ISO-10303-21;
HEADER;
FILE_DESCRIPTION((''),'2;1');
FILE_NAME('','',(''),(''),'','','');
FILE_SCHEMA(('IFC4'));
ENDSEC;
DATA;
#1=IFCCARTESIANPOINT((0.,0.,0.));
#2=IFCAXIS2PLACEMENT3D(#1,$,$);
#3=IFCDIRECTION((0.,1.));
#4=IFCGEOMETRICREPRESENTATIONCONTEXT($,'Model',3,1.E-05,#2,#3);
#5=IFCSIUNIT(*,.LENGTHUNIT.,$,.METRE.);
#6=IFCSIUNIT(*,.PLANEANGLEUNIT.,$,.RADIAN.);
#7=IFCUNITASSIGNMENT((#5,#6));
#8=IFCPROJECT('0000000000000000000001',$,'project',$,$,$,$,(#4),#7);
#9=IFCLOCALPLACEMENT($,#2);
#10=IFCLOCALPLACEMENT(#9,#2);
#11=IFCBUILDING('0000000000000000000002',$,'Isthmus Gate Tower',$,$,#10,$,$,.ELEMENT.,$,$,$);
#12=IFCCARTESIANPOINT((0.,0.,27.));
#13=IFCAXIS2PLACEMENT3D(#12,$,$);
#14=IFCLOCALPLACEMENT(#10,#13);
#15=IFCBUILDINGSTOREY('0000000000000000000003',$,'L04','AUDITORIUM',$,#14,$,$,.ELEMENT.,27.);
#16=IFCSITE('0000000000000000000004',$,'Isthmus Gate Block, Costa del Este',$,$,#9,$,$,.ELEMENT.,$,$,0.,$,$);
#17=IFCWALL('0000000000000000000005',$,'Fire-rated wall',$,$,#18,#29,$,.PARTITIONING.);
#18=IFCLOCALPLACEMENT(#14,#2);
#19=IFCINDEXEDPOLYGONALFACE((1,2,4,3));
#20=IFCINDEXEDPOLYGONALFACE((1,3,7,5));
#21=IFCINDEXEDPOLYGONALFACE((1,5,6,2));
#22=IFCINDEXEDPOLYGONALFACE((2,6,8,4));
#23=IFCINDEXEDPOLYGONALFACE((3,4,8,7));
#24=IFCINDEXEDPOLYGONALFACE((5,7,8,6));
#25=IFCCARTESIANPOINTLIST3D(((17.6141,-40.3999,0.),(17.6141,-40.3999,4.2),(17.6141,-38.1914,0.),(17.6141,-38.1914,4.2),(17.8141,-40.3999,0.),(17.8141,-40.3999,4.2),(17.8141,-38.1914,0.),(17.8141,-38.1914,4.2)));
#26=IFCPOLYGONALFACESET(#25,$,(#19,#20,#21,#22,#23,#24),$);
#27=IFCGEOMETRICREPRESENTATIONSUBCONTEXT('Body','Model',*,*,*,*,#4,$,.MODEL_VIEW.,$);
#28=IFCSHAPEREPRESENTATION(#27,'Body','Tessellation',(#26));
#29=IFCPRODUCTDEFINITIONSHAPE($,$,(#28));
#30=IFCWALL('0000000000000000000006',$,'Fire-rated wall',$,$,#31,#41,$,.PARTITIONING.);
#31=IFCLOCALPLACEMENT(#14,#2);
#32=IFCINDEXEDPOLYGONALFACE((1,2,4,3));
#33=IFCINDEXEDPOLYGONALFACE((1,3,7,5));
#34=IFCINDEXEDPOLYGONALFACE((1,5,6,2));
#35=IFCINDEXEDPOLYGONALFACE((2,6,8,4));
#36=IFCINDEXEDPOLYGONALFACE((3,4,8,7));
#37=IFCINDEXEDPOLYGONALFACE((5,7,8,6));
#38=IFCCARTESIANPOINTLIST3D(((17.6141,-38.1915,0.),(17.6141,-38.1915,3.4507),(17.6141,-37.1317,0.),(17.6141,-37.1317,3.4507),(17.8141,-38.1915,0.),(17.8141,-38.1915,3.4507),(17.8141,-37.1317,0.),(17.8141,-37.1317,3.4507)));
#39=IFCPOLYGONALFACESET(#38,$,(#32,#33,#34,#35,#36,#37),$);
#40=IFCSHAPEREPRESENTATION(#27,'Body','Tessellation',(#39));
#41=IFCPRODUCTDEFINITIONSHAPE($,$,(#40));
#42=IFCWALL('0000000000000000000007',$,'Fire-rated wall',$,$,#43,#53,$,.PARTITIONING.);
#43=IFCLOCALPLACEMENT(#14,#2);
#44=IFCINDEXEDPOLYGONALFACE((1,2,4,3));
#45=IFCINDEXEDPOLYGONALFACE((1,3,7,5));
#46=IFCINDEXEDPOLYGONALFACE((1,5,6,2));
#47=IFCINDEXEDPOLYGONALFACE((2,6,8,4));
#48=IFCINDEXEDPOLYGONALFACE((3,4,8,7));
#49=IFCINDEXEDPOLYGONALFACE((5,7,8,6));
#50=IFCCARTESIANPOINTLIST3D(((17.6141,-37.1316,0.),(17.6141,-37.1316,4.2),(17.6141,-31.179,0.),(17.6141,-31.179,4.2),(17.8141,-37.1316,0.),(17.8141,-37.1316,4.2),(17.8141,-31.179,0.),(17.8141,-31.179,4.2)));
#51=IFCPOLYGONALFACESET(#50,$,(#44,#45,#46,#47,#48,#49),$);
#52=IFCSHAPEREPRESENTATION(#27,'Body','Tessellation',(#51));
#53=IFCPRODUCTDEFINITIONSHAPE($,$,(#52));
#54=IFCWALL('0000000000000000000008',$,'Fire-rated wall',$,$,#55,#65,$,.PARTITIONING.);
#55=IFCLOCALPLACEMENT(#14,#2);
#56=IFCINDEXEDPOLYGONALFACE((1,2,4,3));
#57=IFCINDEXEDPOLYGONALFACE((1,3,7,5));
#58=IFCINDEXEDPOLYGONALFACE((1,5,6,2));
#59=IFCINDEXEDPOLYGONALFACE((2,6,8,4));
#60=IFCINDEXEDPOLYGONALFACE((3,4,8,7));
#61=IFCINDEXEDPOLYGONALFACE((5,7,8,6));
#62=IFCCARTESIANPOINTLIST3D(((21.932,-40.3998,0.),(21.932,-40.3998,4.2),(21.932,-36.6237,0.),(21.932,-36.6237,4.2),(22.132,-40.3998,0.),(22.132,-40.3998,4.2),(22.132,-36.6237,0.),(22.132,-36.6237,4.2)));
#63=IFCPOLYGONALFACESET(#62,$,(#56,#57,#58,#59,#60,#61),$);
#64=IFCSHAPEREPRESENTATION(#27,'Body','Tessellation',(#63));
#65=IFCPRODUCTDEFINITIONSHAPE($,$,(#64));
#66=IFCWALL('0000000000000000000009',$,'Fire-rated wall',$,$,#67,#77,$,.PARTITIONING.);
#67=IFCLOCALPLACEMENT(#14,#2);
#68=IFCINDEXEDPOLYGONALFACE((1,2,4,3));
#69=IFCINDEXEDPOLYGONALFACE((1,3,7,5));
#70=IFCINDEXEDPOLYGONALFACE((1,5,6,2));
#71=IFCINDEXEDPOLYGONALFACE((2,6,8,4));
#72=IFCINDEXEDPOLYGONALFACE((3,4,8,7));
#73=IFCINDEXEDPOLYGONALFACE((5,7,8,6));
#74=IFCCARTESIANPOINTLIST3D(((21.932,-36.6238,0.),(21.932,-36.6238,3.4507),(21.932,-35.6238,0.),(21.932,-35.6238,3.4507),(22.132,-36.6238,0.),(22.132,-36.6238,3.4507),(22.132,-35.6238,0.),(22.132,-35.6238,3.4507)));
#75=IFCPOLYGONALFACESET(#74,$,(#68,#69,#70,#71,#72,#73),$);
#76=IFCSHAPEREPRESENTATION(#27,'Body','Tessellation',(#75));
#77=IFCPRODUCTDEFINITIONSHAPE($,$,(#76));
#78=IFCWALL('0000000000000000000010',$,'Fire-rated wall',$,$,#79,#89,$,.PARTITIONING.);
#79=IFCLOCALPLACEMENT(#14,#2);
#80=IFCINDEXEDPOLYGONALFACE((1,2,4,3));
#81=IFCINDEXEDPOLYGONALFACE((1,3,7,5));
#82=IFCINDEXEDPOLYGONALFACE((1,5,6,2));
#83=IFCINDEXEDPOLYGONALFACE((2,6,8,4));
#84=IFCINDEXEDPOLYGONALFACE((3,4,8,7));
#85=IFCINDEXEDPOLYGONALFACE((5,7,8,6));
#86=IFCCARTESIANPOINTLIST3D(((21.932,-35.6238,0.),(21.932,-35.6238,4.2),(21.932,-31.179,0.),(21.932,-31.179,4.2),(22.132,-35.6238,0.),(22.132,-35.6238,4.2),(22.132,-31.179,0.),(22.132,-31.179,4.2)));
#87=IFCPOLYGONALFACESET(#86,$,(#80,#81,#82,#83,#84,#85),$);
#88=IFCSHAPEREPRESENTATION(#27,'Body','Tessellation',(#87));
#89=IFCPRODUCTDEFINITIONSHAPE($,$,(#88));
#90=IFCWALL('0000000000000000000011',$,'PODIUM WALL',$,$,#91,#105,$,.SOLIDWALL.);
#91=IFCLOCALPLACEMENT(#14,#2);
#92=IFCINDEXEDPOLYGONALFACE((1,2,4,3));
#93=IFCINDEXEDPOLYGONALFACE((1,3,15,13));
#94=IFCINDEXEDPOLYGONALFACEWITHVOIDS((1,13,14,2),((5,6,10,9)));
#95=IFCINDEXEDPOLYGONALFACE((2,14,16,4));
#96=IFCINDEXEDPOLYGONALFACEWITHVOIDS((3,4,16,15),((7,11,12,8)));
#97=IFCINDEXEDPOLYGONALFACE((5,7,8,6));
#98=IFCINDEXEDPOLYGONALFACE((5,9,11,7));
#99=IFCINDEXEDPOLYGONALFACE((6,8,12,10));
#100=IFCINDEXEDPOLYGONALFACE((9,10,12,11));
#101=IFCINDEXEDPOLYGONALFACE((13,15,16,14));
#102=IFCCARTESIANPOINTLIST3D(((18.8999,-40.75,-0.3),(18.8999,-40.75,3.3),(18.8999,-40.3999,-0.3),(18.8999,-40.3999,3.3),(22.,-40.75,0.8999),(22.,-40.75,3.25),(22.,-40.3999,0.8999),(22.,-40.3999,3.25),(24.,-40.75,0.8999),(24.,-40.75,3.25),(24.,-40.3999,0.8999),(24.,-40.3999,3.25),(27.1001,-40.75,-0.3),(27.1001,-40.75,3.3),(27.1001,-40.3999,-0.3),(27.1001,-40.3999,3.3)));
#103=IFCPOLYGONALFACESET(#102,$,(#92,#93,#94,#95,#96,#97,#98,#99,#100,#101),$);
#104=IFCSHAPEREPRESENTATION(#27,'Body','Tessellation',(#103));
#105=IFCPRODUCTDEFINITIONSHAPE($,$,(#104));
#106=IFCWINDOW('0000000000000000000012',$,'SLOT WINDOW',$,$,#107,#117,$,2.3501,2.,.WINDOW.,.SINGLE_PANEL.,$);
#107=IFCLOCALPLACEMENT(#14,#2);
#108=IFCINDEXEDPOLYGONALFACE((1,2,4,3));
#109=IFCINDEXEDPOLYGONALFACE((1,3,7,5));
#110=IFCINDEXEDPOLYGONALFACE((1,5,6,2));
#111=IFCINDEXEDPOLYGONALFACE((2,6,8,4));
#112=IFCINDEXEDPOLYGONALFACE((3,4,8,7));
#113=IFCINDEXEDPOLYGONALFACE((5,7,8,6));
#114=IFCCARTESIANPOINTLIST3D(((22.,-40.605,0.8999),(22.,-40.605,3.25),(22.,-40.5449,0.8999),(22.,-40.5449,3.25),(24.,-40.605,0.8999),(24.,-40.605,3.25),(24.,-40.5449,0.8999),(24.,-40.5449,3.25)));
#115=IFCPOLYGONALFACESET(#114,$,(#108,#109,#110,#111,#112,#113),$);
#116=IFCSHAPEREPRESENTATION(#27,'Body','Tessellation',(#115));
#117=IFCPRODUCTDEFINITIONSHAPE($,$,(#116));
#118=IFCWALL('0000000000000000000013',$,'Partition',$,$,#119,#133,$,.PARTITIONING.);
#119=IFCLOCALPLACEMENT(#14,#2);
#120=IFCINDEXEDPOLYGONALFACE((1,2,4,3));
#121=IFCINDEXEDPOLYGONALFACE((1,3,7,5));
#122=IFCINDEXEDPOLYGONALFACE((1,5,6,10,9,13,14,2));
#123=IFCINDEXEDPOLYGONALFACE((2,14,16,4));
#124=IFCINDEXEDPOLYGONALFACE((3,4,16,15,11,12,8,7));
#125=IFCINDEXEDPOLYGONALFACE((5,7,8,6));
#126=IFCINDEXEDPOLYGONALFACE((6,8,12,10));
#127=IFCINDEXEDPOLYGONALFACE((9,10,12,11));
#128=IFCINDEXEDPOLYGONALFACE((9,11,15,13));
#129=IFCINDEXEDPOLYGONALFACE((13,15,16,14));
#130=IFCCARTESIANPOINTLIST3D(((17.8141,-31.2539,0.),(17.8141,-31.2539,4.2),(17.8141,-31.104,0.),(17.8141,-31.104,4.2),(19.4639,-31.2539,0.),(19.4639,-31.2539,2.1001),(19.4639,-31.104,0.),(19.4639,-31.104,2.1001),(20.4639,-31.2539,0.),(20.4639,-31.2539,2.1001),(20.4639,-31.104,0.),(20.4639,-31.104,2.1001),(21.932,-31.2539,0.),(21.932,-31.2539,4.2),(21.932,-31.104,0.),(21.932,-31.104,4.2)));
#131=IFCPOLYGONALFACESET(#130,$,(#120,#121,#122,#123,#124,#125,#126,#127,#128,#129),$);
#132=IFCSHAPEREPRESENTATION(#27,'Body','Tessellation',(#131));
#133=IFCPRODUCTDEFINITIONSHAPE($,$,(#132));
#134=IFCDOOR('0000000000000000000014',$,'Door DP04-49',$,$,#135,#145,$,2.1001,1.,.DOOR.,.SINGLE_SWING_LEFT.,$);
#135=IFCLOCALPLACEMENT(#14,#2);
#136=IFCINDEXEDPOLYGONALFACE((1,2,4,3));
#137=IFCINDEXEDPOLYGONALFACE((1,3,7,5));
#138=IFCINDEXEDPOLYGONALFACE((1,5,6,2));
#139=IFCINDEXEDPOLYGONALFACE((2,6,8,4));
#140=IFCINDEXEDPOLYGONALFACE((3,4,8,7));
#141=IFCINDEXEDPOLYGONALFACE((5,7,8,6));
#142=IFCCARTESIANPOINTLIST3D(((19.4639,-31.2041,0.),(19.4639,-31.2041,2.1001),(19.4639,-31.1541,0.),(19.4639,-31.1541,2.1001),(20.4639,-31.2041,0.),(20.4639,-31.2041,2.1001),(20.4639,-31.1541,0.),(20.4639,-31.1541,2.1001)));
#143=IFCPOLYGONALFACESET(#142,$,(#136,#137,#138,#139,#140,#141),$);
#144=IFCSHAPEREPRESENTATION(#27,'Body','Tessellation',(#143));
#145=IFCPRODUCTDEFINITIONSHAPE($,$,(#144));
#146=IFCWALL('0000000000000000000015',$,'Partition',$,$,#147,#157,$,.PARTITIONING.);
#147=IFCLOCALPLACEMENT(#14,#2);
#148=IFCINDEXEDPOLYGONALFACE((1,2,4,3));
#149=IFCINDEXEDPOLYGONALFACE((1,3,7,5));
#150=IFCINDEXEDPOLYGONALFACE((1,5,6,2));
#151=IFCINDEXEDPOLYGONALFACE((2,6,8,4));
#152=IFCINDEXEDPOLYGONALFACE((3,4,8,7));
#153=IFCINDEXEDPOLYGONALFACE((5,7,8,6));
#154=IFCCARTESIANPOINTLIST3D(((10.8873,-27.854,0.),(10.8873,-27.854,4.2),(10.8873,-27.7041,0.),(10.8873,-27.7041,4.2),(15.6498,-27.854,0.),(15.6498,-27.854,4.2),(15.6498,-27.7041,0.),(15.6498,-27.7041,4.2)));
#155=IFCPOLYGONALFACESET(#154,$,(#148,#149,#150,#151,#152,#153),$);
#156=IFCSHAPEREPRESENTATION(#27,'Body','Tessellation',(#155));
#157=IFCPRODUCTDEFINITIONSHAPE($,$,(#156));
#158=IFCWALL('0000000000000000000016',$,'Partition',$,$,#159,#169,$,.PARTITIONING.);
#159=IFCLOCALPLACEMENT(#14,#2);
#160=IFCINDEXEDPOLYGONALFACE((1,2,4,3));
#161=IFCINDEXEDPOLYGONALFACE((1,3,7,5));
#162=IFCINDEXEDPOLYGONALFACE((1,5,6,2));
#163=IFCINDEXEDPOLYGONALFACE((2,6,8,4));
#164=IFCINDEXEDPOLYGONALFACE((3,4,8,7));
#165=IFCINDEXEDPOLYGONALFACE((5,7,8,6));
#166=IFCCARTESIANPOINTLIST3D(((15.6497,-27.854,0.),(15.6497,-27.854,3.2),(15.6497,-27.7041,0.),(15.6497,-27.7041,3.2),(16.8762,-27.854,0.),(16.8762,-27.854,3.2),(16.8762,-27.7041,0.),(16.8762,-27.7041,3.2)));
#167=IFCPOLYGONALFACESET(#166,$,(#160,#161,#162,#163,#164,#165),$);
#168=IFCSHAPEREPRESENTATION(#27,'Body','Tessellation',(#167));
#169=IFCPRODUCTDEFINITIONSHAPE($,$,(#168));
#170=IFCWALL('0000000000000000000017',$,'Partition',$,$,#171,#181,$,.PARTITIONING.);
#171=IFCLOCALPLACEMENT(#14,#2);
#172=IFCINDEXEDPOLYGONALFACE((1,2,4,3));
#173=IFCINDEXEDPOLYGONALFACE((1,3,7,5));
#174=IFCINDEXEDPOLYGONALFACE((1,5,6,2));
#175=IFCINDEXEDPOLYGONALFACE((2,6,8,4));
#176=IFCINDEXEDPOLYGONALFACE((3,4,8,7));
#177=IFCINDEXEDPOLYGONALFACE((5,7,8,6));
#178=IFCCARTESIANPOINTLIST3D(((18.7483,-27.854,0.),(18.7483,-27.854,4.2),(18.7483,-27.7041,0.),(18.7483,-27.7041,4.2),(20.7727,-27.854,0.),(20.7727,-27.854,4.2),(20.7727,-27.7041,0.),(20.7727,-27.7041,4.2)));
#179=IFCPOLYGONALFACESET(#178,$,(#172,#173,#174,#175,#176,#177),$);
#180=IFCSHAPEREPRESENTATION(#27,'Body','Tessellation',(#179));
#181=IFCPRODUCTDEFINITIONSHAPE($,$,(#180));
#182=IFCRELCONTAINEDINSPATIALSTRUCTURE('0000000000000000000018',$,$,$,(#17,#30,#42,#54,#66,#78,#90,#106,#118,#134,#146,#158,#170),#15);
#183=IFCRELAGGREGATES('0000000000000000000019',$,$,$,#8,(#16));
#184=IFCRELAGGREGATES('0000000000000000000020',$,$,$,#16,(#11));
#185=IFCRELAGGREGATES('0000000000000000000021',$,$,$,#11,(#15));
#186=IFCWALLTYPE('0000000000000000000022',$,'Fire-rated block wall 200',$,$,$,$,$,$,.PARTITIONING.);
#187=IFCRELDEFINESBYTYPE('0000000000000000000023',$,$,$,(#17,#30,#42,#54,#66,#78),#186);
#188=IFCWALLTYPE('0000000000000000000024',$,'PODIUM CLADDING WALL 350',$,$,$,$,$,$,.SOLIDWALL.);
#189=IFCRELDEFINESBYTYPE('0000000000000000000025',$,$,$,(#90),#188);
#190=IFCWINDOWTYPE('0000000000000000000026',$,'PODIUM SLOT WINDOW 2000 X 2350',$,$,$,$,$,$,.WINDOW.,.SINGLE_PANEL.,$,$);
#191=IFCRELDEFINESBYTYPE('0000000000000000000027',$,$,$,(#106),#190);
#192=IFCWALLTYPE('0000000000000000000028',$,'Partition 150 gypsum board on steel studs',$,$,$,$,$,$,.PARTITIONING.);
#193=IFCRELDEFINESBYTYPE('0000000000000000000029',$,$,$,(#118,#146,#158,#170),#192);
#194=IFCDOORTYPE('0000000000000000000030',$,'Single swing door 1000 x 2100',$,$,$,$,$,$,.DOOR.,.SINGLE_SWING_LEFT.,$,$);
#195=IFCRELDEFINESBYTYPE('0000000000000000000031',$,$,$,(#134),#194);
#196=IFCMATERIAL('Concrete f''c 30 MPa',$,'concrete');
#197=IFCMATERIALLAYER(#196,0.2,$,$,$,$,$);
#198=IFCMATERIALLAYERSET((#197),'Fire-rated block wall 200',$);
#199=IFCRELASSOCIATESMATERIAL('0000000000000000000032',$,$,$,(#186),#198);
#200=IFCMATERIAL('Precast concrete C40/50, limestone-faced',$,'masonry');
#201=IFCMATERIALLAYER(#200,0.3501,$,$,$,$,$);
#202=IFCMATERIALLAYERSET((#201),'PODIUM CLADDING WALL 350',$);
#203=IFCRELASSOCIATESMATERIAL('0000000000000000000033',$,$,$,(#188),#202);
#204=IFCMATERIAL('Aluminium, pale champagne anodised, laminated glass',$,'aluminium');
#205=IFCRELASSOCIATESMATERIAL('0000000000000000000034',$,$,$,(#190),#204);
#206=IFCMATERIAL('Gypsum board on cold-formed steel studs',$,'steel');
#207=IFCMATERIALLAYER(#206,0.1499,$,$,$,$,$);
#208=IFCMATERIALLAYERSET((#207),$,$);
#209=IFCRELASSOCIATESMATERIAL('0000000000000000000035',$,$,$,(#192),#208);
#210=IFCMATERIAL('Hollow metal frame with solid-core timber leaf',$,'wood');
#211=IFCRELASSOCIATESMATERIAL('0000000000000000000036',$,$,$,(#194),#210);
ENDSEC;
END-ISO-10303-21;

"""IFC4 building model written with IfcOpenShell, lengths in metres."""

from ifc_helpers import new_model, si_unit, direction, frame, frame_2d, origin, place, context, subcontext, project, spatial, rectangle, extrude, material, layer, layer_set, type_object, element, fill, save


model = new_model("IFC4")

# Units and contexts
model_context = context("Model", 3, precision=1e-05, world=origin(), true_north=direction((0.0, 1.0)))
body_context = subcontext(model_context, "Body", "Model", "MODEL_VIEW")
ifc_project = project(units=[si_unit("LENGTHUNIT", "METRE"), si_unit("PLANEANGLEUNIT", "RADIAN")], contexts=[model_context])

# Site, building, storey
site_placement = place(None, origin())
site = spatial("IfcSite", under=ifc_project, at=site_placement, Name="Isthmus Gate Block, Costa del Este", CompositionType="ELEMENT", RefElevation=0.0)
building_placement = place(site_placement, origin())
building = spatial("IfcBuilding", under=site, at=building_placement, Name="Isthmus Gate Tower", CompositionType="ELEMENT")
storey_placement = place(building_placement, frame((0.0, 0.0, 27.0)))
storey = spatial("IfcBuildingStorey", under=building, at=storey_placement, Name="L04", Description="AUDITORIUM", CompositionType="ELEMENT", Elevation=27.0)

# Walls
ifc_material_1 = material(Name="Concrete f'c 30 MPa", Category="concrete")
ifc_layer_1 = layer(ifc_material_1, 0.2)
ifc_layer_set_1 = layer_set([ifc_layer_1], Name="Fire-rated block wall 200")
wall_type_1 = type_object("IfcWallType", Name="Fire-rated block wall 200", PredefinedType="PARTITIONING", material=ifc_layer_set_1)
wall_1_placement = place(storey_placement, frame((17.7141, -40.3999, 0.0), z_axis=(0.0, 0.0, 1.0), x_axis=(0.0, 1.0, 0.0)))
element("IfcWall", 1, at=wall_1_placement, inside=storey, type_object=wall_type_1, Name="Fire-rated wall", PredefinedType="PARTITIONING", context=body_context, shape_type="SweptSolid", body=[
    extrude(rectangle(XDim=2.2085, YDim=0.2, at=frame_2d((1.1042, 0.0))), origin(), (0.0, 0.0, 1.0), 4.2),
])
wall_2_placement = place(storey_placement, frame((17.7141, -38.1914, 0.0), z_axis=(0.0, 0.0, 1.0), x_axis=(0.0, 1.0, 0.0)))
element("IfcWall", 2, at=wall_2_placement, inside=storey, type_object=wall_type_1, Name="Fire-rated wall", PredefinedType="PARTITIONING", context=body_context, shape_type="SweptSolid", body=[
    extrude(rectangle(XDim=1.0598, YDim=0.2, at=frame_2d((0.5298, 0.0))), origin(), (0.0, 0.0, 1.0), 3.4507),
])
wall_3_placement = place(storey_placement, frame((17.7141, -37.1316, 0.0), z_axis=(0.0, 0.0, 1.0), x_axis=(0.0, 1.0, 0.0)))
element("IfcWall", 3, at=wall_3_placement, inside=storey, type_object=wall_type_1, Name="Fire-rated wall", PredefinedType="PARTITIONING", context=body_context, shape_type="SweptSolid", body=[
    extrude(rectangle(XDim=5.9526, YDim=0.2, at=frame_2d((2.9763, 0.0))), origin(), (0.0, 0.0, 1.0), 4.2),
])
wall_4_placement = place(storey_placement, frame((22.032, -40.3999, 0.0), z_axis=(0.0, 0.0, 1.0), x_axis=(0.0, 1.0, 0.0)))
element("IfcWall", 4, at=wall_4_placement, inside=storey, type_object=wall_type_1, Name="Fire-rated wall", PredefinedType="PARTITIONING", context=body_context, shape_type="SweptSolid", body=[
    extrude(rectangle(XDim=3.7761, YDim=0.2, at=frame_2d((1.8882, 0.0))), origin(), (0.0, 0.0, 1.0), 4.2),
])
wall_5_placement = place(storey_placement, frame((22.032, -36.6238, 0.0), z_axis=(0.0, 0.0, 1.0), x_axis=(0.0, 1.0, 0.0)))
element("IfcWall", 5, at=wall_5_placement, inside=storey, type_object=wall_type_1, Name="Fire-rated wall", PredefinedType="PARTITIONING", context=body_context, shape_type="SweptSolid", body=[
    extrude(rectangle(XDim=1.0, YDim=0.2, at=frame_2d((0.5, 0.0))), origin(), (0.0, 0.0, 1.0), 3.4507),
])
wall_6_placement = place(storey_placement, frame((22.032, -35.6238, 0.0), z_axis=(0.0, 0.0, 1.0), x_axis=(0.0, 1.0, 0.0)))
element("IfcWall", 6, at=wall_6_placement, inside=storey, type_object=wall_type_1, Name="Fire-rated wall", PredefinedType="PARTITIONING", context=body_context, shape_type="SweptSolid", body=[
    extrude(rectangle(XDim=4.4448, YDim=0.2, at=frame_2d((2.2224, 0.0))), origin(), (0.0, 0.0, 1.0), 4.2),
])

# Wall, opening, window
ifc_material_2 = material(Name="Precast concrete C40/50, limestone-faced", Category="masonry")
ifc_layer_2 = layer(ifc_material_2, 0.3501)
ifc_layer_set_2 = layer_set([ifc_layer_2], Name="PODIUM CLADDING WALL 350")
wall_type_2 = type_object("IfcWallType", Name="PODIUM CLADDING WALL 350", PredefinedType="SOLIDWALL", material=ifc_layer_set_2)
wall_7_placement = place(storey_placement, frame((18.8999, -40.575, -0.3), z_axis=(0.0, 0.0, 1.0), x_axis=(1.0, 0.0, 0.0)))
wall_7 = element("IfcWall", 7, at=wall_7_placement, inside=storey, type_object=wall_type_2, Name="PODIUM WALL", PredefinedType="SOLIDWALL", context=body_context, shape_type="SweptSolid", body=[
    extrude(rectangle(XDim=8.2002, YDim=0.3501, at=frame_2d((4.1001, 0.0))), origin(), (0.0, 0.0, 1.0), 3.6001),
])
opening_1_placement = place(wall_7_placement, frame((3.1001, 0.0, 1.2)))
opening_1 = element("IfcOpeningElement", 8, at=opening_1_placement, cuts=wall_7, PredefinedType="OPENING", context=body_context, shape_type="SweptSolid", body=[
    extrude(rectangle(XDim=2.0, YDim=2.3501, at=frame_2d((1.0, 1.175))), frame((0.0, 0.1851, 0.0), z_axis=(0.0, -1.0, 0.0), x_axis=(1.0, 0.0, 0.0)), (0.0, 0.0, 1.0), 0.3701),
])
ifc_material_3 = material(Name="Aluminium, pale champagne anodised, laminated glass", Category="aluminium")
window_type = type_object("IfcWindowType", Name="PODIUM SLOT WINDOW 2000 X 2350", PartitioningType="SINGLE_PANEL", PredefinedType="WINDOW", material=ifc_material_3)
window_placement = place(opening_1_placement, origin())
window = element("IfcWindow", 9, at=window_placement, inside=storey, type_object=window_type, Name="SLOT WINDOW", OverallHeight=2.3501, OverallWidth=2.0, PartitioningType="SINGLE_PANEL", PredefinedType="WINDOW", context=body_context, shape_type="SweptSolid", body=[
    extrude(rectangle(XDim=2.0, YDim=2.3501, at=frame_2d((1.0, 1.175))), frame((0.0, 0.03, 0.0), z_axis=(0.0, -1.0, 0.0), x_axis=(1.0, 0.0, 0.0)), (0.0, 0.0, 1.0), 0.0601),
])
fill(opening_1, window)

# Wall, opening, door
ifc_material_4 = material(Name="Gypsum board on cold-formed steel studs", Category="steel")
ifc_layer_3 = layer(ifc_material_4, 0.1499)
ifc_layer_set_3 = layer_set([ifc_layer_3])
wall_type_3 = type_object("IfcWallType", Name="Partition 150 gypsum board on steel studs", PredefinedType="PARTITIONING", material=ifc_layer_set_3)
wall_8_placement = place(storey_placement, frame((17.814, -31.179, 0.0), z_axis=(0.0, 0.0, 1.0), x_axis=(1.0, 0.0, 0.0)))
wall_8 = element("IfcWall", 10, at=wall_8_placement, inside=storey, type_object=wall_type_3, Name="Partition", PredefinedType="PARTITIONING", context=body_context, shape_type="SweptSolid", body=[
    extrude(rectangle(XDim=4.1179, YDim=0.1499, at=frame_2d((2.0591, 0.0))), origin(), (0.0, 0.0, 1.0), 4.2),
])
opening_2_placement = place(wall_8_placement, frame((1.6499, 0.0, 0.0)))
opening_2 = element("IfcOpeningElement", 11, at=opening_2_placement, cuts=wall_8, PredefinedType="OPENING", context=body_context, shape_type="SweptSolid", body=[
    extrude(rectangle(XDim=1.0, YDim=2.1001, at=frame_2d((0.5, 1.05))), frame((0.0, 0.085, 0.0), z_axis=(0.0, -1.0, 0.0), x_axis=(1.0, 0.0, 0.0)), (0.0, 0.0, 1.0), 0.1699),
])
ifc_material_5 = material(Name="Hollow metal frame with solid-core timber leaf", Category="wood")
door_type_1 = type_object("IfcDoorType", Name="Single swing door 1000 x 2100", OperationType="SINGLE_SWING_LEFT", PredefinedType="DOOR", material=ifc_material_5)
door_1_placement = place(opening_2_placement, origin())
door_1 = element("IfcDoor", 12, at=door_1_placement, inside=storey, type_object=door_type_1, Name="Door DP04-49", OperationType="SINGLE_SWING_LEFT", OverallHeight=2.1001, OverallWidth=1.0, PredefinedType="DOOR", context=body_context, shape_type="SweptSolid", body=[
    extrude(rectangle(XDim=1.0, YDim=2.1001, at=frame_2d((0.5, 1.05))), frame((0.0, 0.0249, 0.0), z_axis=(0.0, -1.0, 0.0), x_axis=(1.0, 0.0, 0.0)), (0.0, 0.0, 1.0), 0.05),
])
fill(opening_2, door_1)

# Walls
wall_9_placement = place(storey_placement, frame((10.8872, -27.7791, 0.0), z_axis=(0.0, 0.0, 1.0), x_axis=(1.0, 0.0, 0.0)))
element("IfcWall", 13, at=wall_9_placement, inside=storey, type_object=wall_type_3, Name="Partition", PredefinedType="PARTITIONING", context=body_context, shape_type="SweptSolid", body=[
    extrude(rectangle(XDim=4.7625, YDim=0.1499, at=frame_2d((2.3813, 0.0))), origin(), (0.0, 0.0, 1.0), 4.2),
])
wall_10_placement = place(storey_placement, frame((15.6497, -27.7791, 0.0), z_axis=(0.0, 0.0, 1.0), x_axis=(1.0, 0.0, 0.0)))
element("IfcWall", 14, at=wall_10_placement, inside=storey, type_object=wall_type_3, Name="Partition", PredefinedType="PARTITIONING", context=body_context, shape_type="SweptSolid", body=[
    extrude(rectangle(XDim=1.2266, YDim=0.1499, at=frame_2d((0.6133, 0.0))), origin(), (0.0, 0.0, 1.0), 3.2),
])
wall_11_placement = place(storey_placement, frame((18.7483, -27.7791, 0.0), z_axis=(0.0, 0.0, 1.0), x_axis=(1.0, 0.0, 0.0)))
element("IfcWall", 15, at=wall_11_placement, inside=storey, type_object=wall_type_3, Name="Partition", PredefinedType="PARTITIONING", context=body_context, shape_type="SweptSolid", body=[
    extrude(rectangle(XDim=2.0244, YDim=0.1499, at=frame_2d((1.0122, 0.0))), origin(), (0.0, 0.0, 1.0), 4.2),
])

save(model, "model.ifc")
